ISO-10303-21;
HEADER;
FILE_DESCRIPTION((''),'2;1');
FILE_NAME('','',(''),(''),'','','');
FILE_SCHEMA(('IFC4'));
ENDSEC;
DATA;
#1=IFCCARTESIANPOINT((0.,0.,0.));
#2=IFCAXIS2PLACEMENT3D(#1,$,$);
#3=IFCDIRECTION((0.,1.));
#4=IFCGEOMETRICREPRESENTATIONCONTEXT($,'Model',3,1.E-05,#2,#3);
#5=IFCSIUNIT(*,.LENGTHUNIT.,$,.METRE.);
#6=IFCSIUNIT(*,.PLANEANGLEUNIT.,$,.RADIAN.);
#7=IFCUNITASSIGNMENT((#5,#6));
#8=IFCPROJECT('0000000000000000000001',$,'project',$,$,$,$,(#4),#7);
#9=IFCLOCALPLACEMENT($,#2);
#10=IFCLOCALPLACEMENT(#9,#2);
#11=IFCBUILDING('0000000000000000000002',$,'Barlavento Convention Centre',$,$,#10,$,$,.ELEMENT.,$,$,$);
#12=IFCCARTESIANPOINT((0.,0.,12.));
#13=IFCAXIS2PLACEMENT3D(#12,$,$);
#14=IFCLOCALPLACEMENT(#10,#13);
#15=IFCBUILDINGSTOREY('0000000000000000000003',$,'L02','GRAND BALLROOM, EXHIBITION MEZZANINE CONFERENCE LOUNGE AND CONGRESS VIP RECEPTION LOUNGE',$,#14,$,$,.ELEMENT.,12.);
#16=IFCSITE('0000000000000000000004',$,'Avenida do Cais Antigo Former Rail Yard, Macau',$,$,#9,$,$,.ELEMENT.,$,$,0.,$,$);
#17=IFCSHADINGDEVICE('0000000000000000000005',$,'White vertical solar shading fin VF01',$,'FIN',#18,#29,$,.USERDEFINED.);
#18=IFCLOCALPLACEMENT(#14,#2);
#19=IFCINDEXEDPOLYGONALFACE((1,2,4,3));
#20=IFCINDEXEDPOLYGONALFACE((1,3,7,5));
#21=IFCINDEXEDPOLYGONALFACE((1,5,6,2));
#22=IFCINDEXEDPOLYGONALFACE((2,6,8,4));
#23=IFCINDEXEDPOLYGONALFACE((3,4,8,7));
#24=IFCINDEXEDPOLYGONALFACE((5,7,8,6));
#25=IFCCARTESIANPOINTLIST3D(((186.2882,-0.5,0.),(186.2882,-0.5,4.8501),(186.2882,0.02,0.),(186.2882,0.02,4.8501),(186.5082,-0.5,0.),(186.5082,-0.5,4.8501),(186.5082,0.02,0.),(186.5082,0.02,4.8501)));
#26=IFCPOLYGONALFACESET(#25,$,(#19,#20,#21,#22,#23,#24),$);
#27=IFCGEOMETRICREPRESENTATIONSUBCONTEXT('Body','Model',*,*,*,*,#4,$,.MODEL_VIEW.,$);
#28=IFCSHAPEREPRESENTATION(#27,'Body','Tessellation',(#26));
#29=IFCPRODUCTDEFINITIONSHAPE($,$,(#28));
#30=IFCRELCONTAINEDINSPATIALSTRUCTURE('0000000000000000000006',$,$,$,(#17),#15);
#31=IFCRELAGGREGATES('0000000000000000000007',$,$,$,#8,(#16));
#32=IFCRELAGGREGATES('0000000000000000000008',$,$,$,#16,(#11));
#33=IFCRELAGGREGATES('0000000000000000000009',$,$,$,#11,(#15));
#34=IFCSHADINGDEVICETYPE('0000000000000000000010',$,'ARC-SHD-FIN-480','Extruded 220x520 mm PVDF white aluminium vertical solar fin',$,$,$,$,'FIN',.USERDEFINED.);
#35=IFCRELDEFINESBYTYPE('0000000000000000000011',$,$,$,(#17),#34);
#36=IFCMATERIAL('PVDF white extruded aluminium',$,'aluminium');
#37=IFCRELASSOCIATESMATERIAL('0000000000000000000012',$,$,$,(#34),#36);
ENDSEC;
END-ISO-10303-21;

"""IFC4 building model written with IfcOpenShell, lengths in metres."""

from ifc_helpers import new_model, si_unit, direction, frame, origin, origin_2d, place, context, subcontext, project, spatial, rectangle, extrude, material, type_object, element, save


model = new_model("IFC4")

# Units and contexts
model_context = context("Model", 3, precision=1e-05, world=origin(), true_north=direction((0.0, 1.0)))
body_context = subcontext(model_context, "Body", "Model", "MODEL_VIEW")
ifc_project = project(units=[si_unit("LENGTHUNIT", "METRE"), si_unit("PLANEANGLEUNIT", "RADIAN")], contexts=[model_context])

# Site, building, storey
site_placement = place(None, origin())
site = spatial("IfcSite", under=ifc_project, at=site_placement, Name="Avenida do Cais Antigo Former Rail Yard, Macau", CompositionType="ELEMENT", RefElevation=0.0)
building_placement = place(site_placement, origin())
building = spatial("IfcBuilding", under=site, at=building_placement, Name="Barlavento Convention Centre", CompositionType="ELEMENT")
storey_placement = place(building_placement, frame((0.0, 0.0, 12.0)))
storey = spatial("IfcBuildingStorey", under=building, at=storey_placement, Name="L02", Description="GRAND BALLROOM, EXHIBITION MEZZANINE CONFERENCE LOUNGE AND CONGRESS VIP RECEPTION LOUNGE", CompositionType="ELEMENT", Elevation=12.0)

# Shading device
ifc_material_1 = material(Name="PVDF white extruded aluminium", Category="aluminium")
shading_device_type = type_object("IfcShadingDeviceType", Name="ARC-SHD-FIN-480", Description="Extruded 220x520 mm PVDF white aluminium vertical solar fin", ElementType="FIN", PredefinedType="USERDEFINED", material=ifc_material_1)
for number, where, z_axis, x_axis, name in (
    (1, (186.3982, -0.24, 0.0), (0.0, 0.0, 1.0), (1.0, 0.0, 0.0), "White vertical solar shading fin VF01"),
):
    element("IfcShadingDevice", number, at=place(storey_placement, frame(where, z_axis=z_axis, x_axis=x_axis)), inside=storey, type_object=shading_device_type, Name=name, ObjectType="FIN", PredefinedType="USERDEFINED", context=body_context, shape_type="SweptSolid", body=[
        extrude(rectangle(XDim=0.22, YDim=0.52, at=origin_2d()), origin(), (0.0, 0.0, 1.0), 4.8501),
    ])

save(model, "model.ifc")
